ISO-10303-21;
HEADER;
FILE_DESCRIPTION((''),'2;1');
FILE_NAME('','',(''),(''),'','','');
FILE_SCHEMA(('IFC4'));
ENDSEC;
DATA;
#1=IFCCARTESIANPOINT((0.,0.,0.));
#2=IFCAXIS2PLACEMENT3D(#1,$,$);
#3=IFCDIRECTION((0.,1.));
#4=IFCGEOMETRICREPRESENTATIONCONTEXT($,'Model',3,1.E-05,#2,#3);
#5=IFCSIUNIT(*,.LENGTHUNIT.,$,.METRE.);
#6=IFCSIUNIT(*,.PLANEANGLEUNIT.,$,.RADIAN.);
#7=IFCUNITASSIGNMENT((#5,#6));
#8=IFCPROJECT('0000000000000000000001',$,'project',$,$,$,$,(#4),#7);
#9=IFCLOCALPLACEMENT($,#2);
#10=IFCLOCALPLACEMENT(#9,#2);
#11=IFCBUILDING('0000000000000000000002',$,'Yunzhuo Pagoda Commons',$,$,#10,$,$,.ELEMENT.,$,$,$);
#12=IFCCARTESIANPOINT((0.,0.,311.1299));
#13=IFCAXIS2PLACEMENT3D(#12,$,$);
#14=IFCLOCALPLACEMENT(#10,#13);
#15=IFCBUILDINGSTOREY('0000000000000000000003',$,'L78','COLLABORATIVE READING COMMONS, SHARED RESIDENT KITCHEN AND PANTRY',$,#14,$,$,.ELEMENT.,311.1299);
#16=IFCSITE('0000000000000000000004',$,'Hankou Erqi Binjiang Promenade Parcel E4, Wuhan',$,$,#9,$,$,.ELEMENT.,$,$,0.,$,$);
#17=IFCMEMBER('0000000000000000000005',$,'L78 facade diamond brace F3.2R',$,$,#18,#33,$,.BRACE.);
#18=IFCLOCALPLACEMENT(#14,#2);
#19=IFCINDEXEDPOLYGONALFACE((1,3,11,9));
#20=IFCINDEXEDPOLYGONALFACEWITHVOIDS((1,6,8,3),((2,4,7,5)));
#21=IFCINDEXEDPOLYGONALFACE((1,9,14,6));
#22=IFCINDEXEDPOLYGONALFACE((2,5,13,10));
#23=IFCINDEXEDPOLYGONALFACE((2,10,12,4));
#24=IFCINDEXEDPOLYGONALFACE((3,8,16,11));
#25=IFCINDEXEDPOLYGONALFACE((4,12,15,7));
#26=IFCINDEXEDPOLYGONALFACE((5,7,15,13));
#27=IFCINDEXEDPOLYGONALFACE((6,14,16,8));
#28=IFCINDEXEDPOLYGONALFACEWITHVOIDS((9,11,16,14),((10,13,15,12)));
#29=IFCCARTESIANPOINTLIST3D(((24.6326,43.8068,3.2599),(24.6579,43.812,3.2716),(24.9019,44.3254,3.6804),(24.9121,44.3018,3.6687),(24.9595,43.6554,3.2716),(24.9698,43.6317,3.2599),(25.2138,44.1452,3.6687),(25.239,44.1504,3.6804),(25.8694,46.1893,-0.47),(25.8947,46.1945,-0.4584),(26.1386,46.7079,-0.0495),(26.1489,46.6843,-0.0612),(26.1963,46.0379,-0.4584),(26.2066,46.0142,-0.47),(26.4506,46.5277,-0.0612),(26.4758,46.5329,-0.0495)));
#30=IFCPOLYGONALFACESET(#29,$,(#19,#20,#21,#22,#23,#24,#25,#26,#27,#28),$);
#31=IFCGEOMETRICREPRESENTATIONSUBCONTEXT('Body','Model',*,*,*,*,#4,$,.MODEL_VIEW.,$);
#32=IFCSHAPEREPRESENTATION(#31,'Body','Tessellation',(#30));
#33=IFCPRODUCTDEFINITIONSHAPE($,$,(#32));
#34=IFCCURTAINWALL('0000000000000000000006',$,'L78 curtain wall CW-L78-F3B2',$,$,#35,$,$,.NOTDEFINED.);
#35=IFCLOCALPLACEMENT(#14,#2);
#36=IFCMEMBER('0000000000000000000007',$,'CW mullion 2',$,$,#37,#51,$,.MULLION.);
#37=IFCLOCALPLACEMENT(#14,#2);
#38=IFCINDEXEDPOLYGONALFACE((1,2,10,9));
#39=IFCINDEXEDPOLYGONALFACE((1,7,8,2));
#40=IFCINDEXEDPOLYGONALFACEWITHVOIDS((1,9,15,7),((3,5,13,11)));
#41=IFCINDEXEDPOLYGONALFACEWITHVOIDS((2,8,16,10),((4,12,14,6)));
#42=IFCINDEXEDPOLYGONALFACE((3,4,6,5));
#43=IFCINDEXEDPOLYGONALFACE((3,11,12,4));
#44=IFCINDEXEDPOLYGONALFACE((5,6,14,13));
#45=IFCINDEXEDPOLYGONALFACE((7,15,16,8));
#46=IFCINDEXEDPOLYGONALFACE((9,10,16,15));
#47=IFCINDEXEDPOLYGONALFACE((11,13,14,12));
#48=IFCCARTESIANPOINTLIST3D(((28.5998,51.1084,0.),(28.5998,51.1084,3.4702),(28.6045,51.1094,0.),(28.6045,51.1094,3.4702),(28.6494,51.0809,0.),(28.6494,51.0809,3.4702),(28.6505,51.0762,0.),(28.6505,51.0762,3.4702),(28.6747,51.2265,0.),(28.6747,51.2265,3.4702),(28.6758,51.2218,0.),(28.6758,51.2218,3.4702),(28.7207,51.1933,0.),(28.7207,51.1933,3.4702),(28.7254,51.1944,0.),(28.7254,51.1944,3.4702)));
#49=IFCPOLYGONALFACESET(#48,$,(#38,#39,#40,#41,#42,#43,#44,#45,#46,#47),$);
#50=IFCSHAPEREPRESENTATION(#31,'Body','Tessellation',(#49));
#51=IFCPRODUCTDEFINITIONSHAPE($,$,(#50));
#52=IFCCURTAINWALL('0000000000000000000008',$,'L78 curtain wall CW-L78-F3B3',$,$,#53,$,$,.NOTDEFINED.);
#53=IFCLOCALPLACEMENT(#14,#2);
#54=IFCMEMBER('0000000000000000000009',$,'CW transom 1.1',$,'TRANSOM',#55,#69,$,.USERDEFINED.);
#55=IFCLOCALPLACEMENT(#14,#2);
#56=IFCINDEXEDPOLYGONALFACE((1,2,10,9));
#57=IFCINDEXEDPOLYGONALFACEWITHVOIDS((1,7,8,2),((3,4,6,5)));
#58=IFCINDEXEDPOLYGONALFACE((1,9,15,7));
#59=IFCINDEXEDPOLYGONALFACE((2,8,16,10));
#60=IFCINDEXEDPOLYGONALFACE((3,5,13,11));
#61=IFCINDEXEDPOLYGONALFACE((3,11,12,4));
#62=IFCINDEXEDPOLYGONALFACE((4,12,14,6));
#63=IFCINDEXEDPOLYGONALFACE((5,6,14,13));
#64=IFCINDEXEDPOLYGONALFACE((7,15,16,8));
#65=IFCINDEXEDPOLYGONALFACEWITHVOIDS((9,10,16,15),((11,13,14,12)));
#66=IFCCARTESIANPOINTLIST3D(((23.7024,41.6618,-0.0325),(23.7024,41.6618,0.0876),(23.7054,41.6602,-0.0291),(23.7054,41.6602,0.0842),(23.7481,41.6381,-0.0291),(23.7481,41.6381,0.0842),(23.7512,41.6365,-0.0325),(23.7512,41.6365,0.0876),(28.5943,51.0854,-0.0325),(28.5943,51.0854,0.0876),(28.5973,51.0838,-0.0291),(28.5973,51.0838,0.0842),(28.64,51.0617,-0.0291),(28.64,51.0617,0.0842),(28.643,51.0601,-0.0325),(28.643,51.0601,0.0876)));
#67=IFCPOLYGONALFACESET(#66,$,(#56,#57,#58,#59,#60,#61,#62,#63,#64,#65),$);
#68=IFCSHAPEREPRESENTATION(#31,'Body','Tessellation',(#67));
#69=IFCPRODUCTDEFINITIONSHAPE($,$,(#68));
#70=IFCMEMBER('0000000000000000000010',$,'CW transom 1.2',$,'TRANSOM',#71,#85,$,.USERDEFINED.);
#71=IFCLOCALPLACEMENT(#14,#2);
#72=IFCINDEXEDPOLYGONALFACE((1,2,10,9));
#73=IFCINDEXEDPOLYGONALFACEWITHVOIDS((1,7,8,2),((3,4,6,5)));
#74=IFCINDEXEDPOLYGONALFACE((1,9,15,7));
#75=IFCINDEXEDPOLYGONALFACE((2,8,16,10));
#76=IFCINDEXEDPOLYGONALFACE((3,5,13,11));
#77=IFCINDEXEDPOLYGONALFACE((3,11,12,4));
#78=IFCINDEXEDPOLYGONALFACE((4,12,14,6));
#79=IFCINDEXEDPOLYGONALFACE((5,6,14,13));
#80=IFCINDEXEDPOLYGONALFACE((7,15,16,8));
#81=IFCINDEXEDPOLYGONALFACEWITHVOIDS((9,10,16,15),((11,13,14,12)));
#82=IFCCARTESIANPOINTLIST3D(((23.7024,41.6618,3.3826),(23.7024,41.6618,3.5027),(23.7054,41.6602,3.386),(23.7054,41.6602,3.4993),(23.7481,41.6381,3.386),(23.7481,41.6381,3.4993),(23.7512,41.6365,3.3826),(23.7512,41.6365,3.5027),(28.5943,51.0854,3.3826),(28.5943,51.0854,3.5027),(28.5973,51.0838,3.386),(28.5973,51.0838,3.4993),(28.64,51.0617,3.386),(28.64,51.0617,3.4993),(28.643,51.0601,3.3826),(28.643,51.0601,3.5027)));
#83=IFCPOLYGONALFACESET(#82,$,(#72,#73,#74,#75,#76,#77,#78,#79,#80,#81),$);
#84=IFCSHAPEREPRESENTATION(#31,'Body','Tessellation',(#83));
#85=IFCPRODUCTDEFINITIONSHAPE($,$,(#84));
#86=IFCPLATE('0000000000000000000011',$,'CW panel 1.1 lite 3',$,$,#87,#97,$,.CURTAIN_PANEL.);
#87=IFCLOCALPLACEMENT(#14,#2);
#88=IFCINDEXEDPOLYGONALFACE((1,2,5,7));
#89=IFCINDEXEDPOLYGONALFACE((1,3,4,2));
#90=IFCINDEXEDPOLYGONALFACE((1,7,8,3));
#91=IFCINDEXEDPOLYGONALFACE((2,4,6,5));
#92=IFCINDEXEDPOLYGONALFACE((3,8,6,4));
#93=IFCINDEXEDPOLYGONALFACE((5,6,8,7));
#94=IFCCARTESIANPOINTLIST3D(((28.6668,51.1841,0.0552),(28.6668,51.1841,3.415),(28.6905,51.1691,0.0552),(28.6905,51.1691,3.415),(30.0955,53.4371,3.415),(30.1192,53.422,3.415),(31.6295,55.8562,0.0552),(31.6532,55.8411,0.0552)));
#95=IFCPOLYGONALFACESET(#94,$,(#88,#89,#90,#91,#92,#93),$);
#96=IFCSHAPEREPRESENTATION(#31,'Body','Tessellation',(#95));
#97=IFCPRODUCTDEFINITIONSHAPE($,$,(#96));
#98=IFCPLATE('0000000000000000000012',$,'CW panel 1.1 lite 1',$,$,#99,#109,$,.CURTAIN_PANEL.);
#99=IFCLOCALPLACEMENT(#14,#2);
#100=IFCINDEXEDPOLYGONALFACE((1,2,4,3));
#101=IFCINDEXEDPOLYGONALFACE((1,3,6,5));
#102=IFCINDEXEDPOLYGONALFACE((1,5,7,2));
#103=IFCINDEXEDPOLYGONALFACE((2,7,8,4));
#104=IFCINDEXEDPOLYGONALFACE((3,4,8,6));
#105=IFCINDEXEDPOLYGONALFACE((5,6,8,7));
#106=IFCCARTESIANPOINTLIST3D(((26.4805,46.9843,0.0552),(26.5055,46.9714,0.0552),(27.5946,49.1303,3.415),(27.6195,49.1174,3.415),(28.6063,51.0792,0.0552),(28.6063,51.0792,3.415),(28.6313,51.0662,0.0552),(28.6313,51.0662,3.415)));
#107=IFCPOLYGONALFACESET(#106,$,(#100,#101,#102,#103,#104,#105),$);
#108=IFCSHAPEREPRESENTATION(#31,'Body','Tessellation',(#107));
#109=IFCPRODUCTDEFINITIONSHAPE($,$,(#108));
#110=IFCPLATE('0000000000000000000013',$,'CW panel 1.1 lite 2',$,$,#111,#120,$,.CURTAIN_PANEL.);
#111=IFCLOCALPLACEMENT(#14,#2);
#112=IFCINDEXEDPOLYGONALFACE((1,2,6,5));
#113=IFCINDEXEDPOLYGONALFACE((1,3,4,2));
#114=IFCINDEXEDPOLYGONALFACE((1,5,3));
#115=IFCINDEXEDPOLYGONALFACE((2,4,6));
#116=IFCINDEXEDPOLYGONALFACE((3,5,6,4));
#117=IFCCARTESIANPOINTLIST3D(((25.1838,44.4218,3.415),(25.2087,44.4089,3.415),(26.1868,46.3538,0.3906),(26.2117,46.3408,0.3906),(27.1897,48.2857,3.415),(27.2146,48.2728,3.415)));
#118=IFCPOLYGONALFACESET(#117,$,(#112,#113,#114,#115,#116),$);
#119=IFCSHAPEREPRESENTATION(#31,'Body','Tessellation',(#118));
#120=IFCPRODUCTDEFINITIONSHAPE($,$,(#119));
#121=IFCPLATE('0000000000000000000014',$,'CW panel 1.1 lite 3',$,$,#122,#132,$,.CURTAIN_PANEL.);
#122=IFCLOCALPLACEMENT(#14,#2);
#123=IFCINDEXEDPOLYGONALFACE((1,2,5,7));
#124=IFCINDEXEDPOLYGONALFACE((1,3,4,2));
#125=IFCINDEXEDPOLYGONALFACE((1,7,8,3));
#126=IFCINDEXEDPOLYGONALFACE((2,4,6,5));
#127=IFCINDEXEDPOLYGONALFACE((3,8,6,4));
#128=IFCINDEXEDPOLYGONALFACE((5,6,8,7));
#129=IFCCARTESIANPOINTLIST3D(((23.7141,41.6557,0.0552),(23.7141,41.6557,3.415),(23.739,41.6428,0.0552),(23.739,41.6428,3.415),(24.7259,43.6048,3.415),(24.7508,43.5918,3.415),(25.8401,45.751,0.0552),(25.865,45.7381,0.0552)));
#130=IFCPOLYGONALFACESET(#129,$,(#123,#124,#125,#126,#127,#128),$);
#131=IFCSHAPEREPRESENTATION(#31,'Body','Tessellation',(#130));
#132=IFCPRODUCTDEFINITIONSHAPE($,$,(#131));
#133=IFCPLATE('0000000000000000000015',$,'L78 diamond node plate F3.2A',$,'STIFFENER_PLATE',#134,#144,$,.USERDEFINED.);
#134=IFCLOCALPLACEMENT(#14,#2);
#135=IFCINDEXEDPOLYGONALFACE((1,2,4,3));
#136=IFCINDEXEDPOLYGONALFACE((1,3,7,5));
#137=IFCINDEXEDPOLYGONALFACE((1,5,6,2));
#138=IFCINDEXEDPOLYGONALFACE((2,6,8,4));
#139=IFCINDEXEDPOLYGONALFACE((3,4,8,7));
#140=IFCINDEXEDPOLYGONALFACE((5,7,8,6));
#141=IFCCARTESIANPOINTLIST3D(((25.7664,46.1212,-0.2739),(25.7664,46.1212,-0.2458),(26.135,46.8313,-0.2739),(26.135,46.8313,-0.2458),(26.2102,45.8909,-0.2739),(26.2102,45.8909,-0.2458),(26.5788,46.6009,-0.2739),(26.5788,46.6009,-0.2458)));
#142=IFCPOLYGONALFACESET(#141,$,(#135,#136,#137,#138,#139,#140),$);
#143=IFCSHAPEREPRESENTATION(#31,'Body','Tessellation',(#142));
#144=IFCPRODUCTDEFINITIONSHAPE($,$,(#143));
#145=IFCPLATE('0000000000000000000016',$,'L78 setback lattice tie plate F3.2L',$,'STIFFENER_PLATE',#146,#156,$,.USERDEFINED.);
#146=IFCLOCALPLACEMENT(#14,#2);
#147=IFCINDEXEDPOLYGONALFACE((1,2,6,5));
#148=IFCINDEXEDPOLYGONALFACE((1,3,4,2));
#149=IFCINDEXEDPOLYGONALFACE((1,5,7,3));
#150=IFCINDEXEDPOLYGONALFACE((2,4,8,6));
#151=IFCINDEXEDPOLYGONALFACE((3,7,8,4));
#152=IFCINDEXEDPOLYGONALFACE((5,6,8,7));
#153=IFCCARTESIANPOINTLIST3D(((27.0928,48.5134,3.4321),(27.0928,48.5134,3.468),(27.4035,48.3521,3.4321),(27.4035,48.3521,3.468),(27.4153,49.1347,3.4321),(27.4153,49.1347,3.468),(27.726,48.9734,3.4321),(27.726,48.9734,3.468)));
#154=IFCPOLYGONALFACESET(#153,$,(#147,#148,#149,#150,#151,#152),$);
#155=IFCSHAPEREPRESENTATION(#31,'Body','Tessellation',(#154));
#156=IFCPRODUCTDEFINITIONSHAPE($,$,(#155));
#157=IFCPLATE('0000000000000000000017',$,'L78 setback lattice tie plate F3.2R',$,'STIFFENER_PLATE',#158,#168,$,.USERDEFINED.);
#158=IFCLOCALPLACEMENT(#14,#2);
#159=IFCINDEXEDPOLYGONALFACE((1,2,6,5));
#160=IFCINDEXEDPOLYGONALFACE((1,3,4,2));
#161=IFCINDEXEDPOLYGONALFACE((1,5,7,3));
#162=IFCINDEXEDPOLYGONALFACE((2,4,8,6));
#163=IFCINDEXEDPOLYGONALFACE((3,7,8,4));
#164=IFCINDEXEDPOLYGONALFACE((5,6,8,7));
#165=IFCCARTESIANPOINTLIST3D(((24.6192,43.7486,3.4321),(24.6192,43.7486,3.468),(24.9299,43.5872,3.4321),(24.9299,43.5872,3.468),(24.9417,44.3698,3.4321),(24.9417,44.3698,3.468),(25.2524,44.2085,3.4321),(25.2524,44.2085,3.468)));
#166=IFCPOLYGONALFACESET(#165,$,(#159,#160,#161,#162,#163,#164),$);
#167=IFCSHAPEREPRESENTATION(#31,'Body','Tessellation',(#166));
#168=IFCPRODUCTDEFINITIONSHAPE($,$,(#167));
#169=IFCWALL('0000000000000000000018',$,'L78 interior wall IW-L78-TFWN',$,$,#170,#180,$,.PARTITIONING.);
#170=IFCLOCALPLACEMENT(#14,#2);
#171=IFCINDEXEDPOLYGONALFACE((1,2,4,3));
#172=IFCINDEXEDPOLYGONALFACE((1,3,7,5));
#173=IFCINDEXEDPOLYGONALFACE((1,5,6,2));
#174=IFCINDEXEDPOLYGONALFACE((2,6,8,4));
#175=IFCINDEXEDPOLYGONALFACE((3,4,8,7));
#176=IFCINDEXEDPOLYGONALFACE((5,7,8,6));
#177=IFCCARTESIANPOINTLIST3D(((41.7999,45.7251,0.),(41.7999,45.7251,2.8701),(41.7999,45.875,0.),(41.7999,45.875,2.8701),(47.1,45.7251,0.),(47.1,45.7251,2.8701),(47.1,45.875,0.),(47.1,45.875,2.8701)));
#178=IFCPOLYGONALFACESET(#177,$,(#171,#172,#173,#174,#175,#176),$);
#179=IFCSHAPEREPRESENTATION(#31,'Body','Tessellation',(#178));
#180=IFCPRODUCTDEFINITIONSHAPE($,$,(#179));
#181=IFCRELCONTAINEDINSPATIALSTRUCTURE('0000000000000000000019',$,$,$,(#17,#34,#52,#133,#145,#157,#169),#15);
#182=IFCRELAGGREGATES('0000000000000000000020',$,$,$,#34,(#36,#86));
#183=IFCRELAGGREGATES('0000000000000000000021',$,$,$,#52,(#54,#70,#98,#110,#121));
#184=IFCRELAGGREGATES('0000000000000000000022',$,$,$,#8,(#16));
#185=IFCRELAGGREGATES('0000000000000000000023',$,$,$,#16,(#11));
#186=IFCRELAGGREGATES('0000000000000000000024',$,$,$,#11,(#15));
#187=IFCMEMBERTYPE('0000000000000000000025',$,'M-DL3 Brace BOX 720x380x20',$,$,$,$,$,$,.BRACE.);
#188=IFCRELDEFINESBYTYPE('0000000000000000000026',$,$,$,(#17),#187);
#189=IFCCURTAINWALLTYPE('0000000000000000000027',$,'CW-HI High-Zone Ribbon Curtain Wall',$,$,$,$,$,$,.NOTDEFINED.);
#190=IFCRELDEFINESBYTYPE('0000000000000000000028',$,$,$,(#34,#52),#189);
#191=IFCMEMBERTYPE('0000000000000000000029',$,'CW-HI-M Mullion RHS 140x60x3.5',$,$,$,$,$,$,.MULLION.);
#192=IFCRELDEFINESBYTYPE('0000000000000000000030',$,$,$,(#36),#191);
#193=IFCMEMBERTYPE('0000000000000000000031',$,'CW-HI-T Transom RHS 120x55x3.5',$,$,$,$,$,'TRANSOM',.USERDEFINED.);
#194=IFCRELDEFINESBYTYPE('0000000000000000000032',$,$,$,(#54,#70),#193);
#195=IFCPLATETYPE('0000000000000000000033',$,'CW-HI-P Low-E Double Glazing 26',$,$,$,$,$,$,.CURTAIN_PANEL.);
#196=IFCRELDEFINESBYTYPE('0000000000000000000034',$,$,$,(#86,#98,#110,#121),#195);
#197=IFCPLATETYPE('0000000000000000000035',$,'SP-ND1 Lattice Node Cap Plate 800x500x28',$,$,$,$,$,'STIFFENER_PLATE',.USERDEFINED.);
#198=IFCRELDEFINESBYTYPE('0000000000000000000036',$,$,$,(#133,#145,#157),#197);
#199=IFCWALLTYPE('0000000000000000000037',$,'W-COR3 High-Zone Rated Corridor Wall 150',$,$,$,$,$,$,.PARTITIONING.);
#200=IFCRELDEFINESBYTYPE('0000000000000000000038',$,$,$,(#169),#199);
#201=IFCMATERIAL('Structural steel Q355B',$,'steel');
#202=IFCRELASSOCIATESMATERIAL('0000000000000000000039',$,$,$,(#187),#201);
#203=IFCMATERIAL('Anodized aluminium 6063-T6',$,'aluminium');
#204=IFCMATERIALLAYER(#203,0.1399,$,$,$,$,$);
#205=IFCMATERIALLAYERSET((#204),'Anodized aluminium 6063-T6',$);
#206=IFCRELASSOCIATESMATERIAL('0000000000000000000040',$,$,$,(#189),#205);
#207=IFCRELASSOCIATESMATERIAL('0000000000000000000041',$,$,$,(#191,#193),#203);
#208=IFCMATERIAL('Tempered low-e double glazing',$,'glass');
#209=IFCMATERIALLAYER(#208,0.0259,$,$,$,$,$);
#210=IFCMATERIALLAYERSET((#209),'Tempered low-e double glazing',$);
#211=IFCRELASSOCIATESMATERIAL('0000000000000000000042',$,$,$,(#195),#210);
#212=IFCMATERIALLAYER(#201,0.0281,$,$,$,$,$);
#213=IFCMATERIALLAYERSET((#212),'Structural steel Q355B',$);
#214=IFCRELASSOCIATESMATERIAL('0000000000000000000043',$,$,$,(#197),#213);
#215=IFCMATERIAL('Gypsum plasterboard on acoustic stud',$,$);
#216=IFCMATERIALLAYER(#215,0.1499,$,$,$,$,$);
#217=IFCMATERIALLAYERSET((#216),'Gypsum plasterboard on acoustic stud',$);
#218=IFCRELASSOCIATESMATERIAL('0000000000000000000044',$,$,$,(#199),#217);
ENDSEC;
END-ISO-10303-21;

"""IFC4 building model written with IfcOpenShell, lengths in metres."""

from ifc_helpers import new_model, si_unit, direction, frame, frame_2d, origin, origin_2d, place, context, subcontext, project, spatial, polyline, rectangle, hollow_rectangle, outline, extrude, source, transform, mapped, material, layer, layer_set, material_profile, profile_set, type_object, element, aggregate, save


model = new_model("IFC4")

# Units and contexts
model_context = context("Model", 3, precision=1e-05, world=origin(), true_north=direction((0.0, 1.0)))
body_context = subcontext(model_context, "Body", "Model", "MODEL_VIEW")
ifc_project = project(units=[si_unit("LENGTHUNIT", "METRE"), si_unit("PLANEANGLEUNIT", "RADIAN")], contexts=[model_context])

# Site, building, storey
site_placement = place(None, origin())
site = spatial("IfcSite", under=ifc_project, at=site_placement, Name="Hankou Erqi Binjiang Promenade Parcel E4, Wuhan", CompositionType="ELEMENT", RefElevation=0.0)
building_placement = place(site_placement, origin())
building = spatial("IfcBuilding", under=site, at=building_placement, Name="Yunzhuo Pagoda Commons", CompositionType="ELEMENT")
storey_placement = place(building_placement, frame((0.0, 0.0, 311.1299)))
storey = spatial("IfcBuildingStorey", under=building, at=storey_placement, Name="L78", Description="COLLABORATIVE READING COMMONS, SHARED RESIDENT KITCHEN AND PANTRY", CompositionType="ELEMENT", Elevation=311.1299)

# Shared definitions
ifc_material_1 = material(Name="Structural steel Q355B", Category="steel")

# Member
ifc_material_profile_1 = material_profile(ifc_material_1, hollow_rectangle(XDim=0.3799, YDim=0.72, WallThickness=0.02, at=origin_2d()), Name="Structural steel Q355B")
ifc_profile_set_1 = profile_set([ifc_material_profile_1], Name="Structural steel Q355B")
member_type_1 = type_object("IfcMemberType", Name="M-DL3 Brace BOX 720x380x20", PredefinedType="BRACE", material=ifc_profile_set_1)
shared_shape_1 = source(origin(), body_context, "Body", "SweptSolid", [
    extrude(hollow_rectangle(XDim=0.3799, YDim=0.72, WallThickness=0.02, at=origin_2d()), origin(), (0.0, 0.0, 1.0), 4.5955),
])
for number, where, z_axis, x_axis, name in (
    (1, (26.1726, 46.3611, -0.2598), (-0.269133, -0.518451, 0.81165), (0.88754, -0.460731, 0.0), "L78 facade diamond brace F3.2R"),
):
    element("IfcMember", number, at=place(storey_placement, frame(where, z_axis=z_axis, x_axis=x_axis)), inside=storey, type_object=member_type_1, Name=name, PredefinedType="BRACE", context=body_context, shape_type="MappedRepresentation", body=[
        mapped(shared_shape_1, transform((0.0, 0.0, 0.0), scale=1.0)),
    ])

# Curtain wall, member
ifc_material_2 = material(Name="Anodized aluminium 6063-T6", Category="aluminium")
ifc_layer_1 = layer(ifc_material_2, 0.1399)
ifc_layer_set_1 = layer_set([ifc_layer_1], Name="Anodized aluminium 6063-T6")
curtain_wall_type = type_object("IfcCurtainWallType", Name="CW-HI High-Zone Ribbon Curtain Wall", PredefinedType="NOTDEFINED", material=ifc_layer_set_1)
curtain_wall_1_placement = place(storey_placement, origin())
curtain_wall_1 = element("IfcCurtainWall", 2, at=curtain_wall_1_placement, inside=storey, type_object=curtain_wall_type, Name="L78 curtain wall CW-L78-F3B2", PredefinedType="NOTDEFINED")
ifc_material_profile_2 = material_profile(ifc_material_2, hollow_rectangle(XDim=0.0601, YDim=0.1399, WallThickness=0.0034, at=origin_2d()), Name="Anodized aluminium 6063-T6")
ifc_profile_set_2 = profile_set([ifc_material_profile_2], Name="Anodized aluminium 6063-T6")
member_type_2 = type_object("IfcMemberType", Name="CW-HI-M Mullion RHS 140x60x3.5", PredefinedType="MULLION", material=ifc_profile_set_2)
shared_shape_2 = source(origin(), body_context, "Body", "SweptSolid", [
    extrude(hollow_rectangle(XDim=0.0601, YDim=0.1399, WallThickness=0.0034, at=origin_2d()), origin(), (0.0, 0.0, 1.0), 3.4702),
])
member_1_placement = place(storey_placement, frame((28.6626, 51.1514, 0.0), z_axis=(0.0, 0.0, 1.0), x_axis=(0.844513, -0.535535, 0.0)))
member_1 = element("IfcMember", 3, at=member_1_placement, type_object=member_type_2, Name="CW mullion 2", PredefinedType="MULLION", context=body_context, shape_type="MappedRepresentation", body=[
    mapped(shared_shape_2, transform((0.0, 0.0, 0.0), scale=1.0)),
])

# Curtain wall, members
curtain_wall_2_placement = place(storey_placement, origin())
curtain_wall_2 = element("IfcCurtainWall", 4, at=curtain_wall_2_placement, inside=storey, type_object=curtain_wall_type, Name="L78 curtain wall CW-L78-F3B3", PredefinedType="NOTDEFINED")
ifc_material_profile_3 = material_profile(ifc_material_2, hollow_rectangle(XDim=0.0549, YDim=0.1201, WallThickness=0.0034, at=origin_2d()), Name="Anodized aluminium 6063-T6")
ifc_profile_set_3 = profile_set([ifc_material_profile_3], Name="Anodized aluminium 6063-T6")
member_type_3 = type_object("IfcMemberType", Name="CW-HI-T Transom RHS 120x55x3.5", ElementType="TRANSOM", PredefinedType="USERDEFINED", material=ifc_profile_set_3)
shared_shape_3 = source(origin(), body_context, "Body", "SweptSolid", [
    extrude(hollow_rectangle(XDim=0.0549, YDim=0.1201, WallThickness=0.0034, at=origin_2d()), origin(), (0.0, 0.0, 1.0), 10.6177),
])
member_2_placement = place(storey_placement, frame((28.6187, 51.0728, 0.0276), z_axis=(-0.460729, -0.887541, 0.0), x_axis=(0.887541, -0.460729, 0.0)))
member_2 = element("IfcMember", 5, at=member_2_placement, type_object=member_type_3, Name="CW transom 1.1", ObjectType="TRANSOM", PredefinedType="USERDEFINED", context=body_context, shape_type="MappedRepresentation", body=[
    mapped(shared_shape_3, transform((0.0, 0.0, 0.0), scale=1.0)),
])
member_3_placement = place(storey_placement, frame((28.6187, 51.0728, 3.4426), z_axis=(-0.460729, -0.887541, 0.0), x_axis=(0.887541, -0.460729, 0.0)))
member_3 = element("IfcMember", 6, at=member_3_placement, type_object=member_type_3, Name="CW transom 1.2", ObjectType="TRANSOM", PredefinedType="USERDEFINED", context=body_context, shape_type="MappedRepresentation", body=[
    mapped(shared_shape_3, transform((0.0, 0.0, 0.0), scale=1.0)),
])

# Plates
ifc_material_3 = material(Name="Tempered low-e double glazing", Category="glass")
ifc_layer_2 = layer(ifc_material_3, 0.0259)
ifc_layer_set_2 = layer_set([ifc_layer_2], Name="Tempered low-e double glazing")
plate_type_1 = type_object("IfcPlateType", Name="CW-HI-P Low-E Double Glazing 26", PredefinedType="CURTAIN_PANEL", material=ifc_layer_set_2)
plate_1_placement = place(storey_placement, frame((30.1719, 53.5051, 1.7351), z_axis=(-0.844513, 0.535535, 0.0), x_axis=(-0.535535, -0.844513, 0.0)))
plate_1 = element("IfcPlate", 7, at=plate_1_placement, type_object=plate_type_1, Name="CW panel 1.1 lite 3", PredefinedType="CURTAIN_PANEL", context=body_context, shape_type="SweptSolid", body=[
    extrude(outline(polyline([(-2.7661, -1.6799), (2.7661, -1.6799), (2.7661, 1.6799), (0.0984, 1.6799), (-2.7661, -1.6799)])), origin(), (0.0, 0.0, 1.0), 0.0281),
])
aggregate(curtain_wall_1, [member_1, plate_1])
plate_2_placement = place(storey_placement, frame((27.5684, 49.0188, 1.7351), z_axis=(-0.887531, 0.460748, 0.0), x_axis=(-0.460748, -0.887531, 0.0)))
plate_2 = element("IfcPlate", 8, at=plate_2_placement, type_object=plate_type_1, Name="CW panel 1.1 lite 1", PredefinedType="CURTAIN_PANEL", context=body_context, shape_type="SweptSolid", body=[
    extrude(outline(polyline([(-2.3069, -1.6799), (2.3069, -1.6799), (-0.1111, 1.6799), (-2.3069, 1.6799), (-2.3069, -1.6799)])), origin(), (0.0, 0.0, 1.0), 0.0281),
])
plate_3_placement = place(storey_placement, frame((26.2117, 46.3408, 1.9028), z_axis=(-0.887531, 0.460748, 0.0), x_axis=(-0.460748, -0.887531, 0.0)))
plate_3 = element("IfcPlate", 9, at=plate_3_placement, type_object=plate_type_1, Name="CW panel 1.1 lite 2", PredefinedType="CURTAIN_PANEL", context=body_context, shape_type="SweptSolid", body=[
    extrude(outline(polyline([(-2.1768, 1.5122), (0.0, -1.5122), (2.1768, 1.5122), (-2.1768, 1.5122)])), origin(), (0.0, 0.0, 1.0), 0.0281),
])
plate_4_placement = place(storey_placement, frame((24.802, 43.6904, 1.7351), z_axis=(-0.887531, 0.460748, 0.0), x_axis=(-0.460748, -0.887531, 0.0)))
plate_4 = element("IfcPlate", 10, at=plate_4_placement, type_object=plate_type_1, Name="CW panel 1.1 lite 3", PredefinedType="CURTAIN_PANEL", context=body_context, shape_type="SweptSolid", body=[
    extrude(outline(polyline([(-2.3071, -1.6799), (2.3071, -1.6799), (2.3071, 1.6799), (0.1111, 1.6799), (-2.3071, -1.6799)])), origin(), (0.0, 0.0, 1.0), 0.0281),
])
aggregate(curtain_wall_2, [member_2, member_3, plate_2, plate_3, plate_4])

# Plates
ifc_layer_3 = layer(ifc_material_1, 0.0281)
ifc_layer_set_3 = layer_set([ifc_layer_3], Name="Structural steel Q355B")
plate_type_2 = type_object("IfcPlateType", Name="SP-ND1 Lattice Node Cap Plate 800x500x28", ElementType="STIFFENER_PLATE", PredefinedType="USERDEFINED", material=ifc_layer_set_3)
shared_shape_4 = source(origin(), body_context, "Body", "SweptSolid", [
    extrude(rectangle(XDim=0.8, YDim=0.5, at=origin_2d()), origin(), (0.0, 0.0, 1.0), 0.0281),
])
plate_5_placement = place(storey_placement, frame((26.1726, 46.3611, -0.2739), z_axis=(0.0, 0.0, 1.0), x_axis=(-0.460742, -0.887534, 0.0)))
element("IfcPlate", 11, at=plate_5_placement, inside=storey, type_object=plate_type_2, Name="L78 diamond node plate F3.2A", ObjectType="STIFFENER_PLATE", PredefinedType="USERDEFINED", context=body_context, shape_type="MappedRepresentation", body=[
    mapped(shared_shape_4, transform((0.0, 0.0, 0.0), scale=1.0)),
])
shared_shape_5 = source(origin(), body_context, "Body", "SweptSolid", [
    extrude(rectangle(XDim=0.7, YDim=0.3501, at=origin_2d()), origin(), (0.0, 0.0, 1.0), 0.0359),
])
for number, where, z_axis, x_axis, name in (
    (12, (27.4094, 48.7434, 3.4321), (0.0, 0.0, 1.0), (-0.460742, -0.887534, 0.0), "L78 setback lattice tie plate F3.2L"),
    (13, (24.9358, 43.9785, 3.4321), (0.0, 0.0, 1.0), (-0.460742, -0.887534, 0.0), "L78 setback lattice tie plate F3.2R"),
):
    element("IfcPlate", number, at=place(storey_placement, frame(where, z_axis=z_axis, x_axis=x_axis)), inside=storey, type_object=plate_type_2, Name=name, ObjectType="STIFFENER_PLATE", PredefinedType="USERDEFINED", context=body_context, shape_type="MappedRepresentation", body=[
        mapped(shared_shape_5, transform((0.0, 0.0, 0.0), scale=1.0)),
    ])

# Wall
ifc_material_4 = material(Name="Gypsum plasterboard on acoustic stud")
ifc_layer_4 = layer(ifc_material_4, 0.1499)
ifc_layer_set_4 = layer_set([ifc_layer_4], Name="Gypsum plasterboard on acoustic stud")
wall_type_1 = type_object("IfcWallType", Name="W-COR3 High-Zone Rated Corridor Wall 150", PredefinedType="PARTITIONING", material=ifc_layer_set_4)
wall_1_placement = place(storey_placement, frame((41.8, 45.8, 0.0), z_axis=(0.0, 0.0, 1.0), x_axis=(1.0, 0.0, 0.0)))
element("IfcWall", 14, at=wall_1_placement, inside=storey, type_object=wall_type_1, Name="L78 interior wall IW-L78-TFWN", PredefinedType="PARTITIONING", context=body_context, shape_type="SweptSolid", body=[
    extrude(rectangle(XDim=5.3, YDim=0.1499, at=frame_2d((2.6499, 0.0))), origin(), (0.0, 0.0, 1.0), 2.8701),
])

save(model, "model.ifc")
